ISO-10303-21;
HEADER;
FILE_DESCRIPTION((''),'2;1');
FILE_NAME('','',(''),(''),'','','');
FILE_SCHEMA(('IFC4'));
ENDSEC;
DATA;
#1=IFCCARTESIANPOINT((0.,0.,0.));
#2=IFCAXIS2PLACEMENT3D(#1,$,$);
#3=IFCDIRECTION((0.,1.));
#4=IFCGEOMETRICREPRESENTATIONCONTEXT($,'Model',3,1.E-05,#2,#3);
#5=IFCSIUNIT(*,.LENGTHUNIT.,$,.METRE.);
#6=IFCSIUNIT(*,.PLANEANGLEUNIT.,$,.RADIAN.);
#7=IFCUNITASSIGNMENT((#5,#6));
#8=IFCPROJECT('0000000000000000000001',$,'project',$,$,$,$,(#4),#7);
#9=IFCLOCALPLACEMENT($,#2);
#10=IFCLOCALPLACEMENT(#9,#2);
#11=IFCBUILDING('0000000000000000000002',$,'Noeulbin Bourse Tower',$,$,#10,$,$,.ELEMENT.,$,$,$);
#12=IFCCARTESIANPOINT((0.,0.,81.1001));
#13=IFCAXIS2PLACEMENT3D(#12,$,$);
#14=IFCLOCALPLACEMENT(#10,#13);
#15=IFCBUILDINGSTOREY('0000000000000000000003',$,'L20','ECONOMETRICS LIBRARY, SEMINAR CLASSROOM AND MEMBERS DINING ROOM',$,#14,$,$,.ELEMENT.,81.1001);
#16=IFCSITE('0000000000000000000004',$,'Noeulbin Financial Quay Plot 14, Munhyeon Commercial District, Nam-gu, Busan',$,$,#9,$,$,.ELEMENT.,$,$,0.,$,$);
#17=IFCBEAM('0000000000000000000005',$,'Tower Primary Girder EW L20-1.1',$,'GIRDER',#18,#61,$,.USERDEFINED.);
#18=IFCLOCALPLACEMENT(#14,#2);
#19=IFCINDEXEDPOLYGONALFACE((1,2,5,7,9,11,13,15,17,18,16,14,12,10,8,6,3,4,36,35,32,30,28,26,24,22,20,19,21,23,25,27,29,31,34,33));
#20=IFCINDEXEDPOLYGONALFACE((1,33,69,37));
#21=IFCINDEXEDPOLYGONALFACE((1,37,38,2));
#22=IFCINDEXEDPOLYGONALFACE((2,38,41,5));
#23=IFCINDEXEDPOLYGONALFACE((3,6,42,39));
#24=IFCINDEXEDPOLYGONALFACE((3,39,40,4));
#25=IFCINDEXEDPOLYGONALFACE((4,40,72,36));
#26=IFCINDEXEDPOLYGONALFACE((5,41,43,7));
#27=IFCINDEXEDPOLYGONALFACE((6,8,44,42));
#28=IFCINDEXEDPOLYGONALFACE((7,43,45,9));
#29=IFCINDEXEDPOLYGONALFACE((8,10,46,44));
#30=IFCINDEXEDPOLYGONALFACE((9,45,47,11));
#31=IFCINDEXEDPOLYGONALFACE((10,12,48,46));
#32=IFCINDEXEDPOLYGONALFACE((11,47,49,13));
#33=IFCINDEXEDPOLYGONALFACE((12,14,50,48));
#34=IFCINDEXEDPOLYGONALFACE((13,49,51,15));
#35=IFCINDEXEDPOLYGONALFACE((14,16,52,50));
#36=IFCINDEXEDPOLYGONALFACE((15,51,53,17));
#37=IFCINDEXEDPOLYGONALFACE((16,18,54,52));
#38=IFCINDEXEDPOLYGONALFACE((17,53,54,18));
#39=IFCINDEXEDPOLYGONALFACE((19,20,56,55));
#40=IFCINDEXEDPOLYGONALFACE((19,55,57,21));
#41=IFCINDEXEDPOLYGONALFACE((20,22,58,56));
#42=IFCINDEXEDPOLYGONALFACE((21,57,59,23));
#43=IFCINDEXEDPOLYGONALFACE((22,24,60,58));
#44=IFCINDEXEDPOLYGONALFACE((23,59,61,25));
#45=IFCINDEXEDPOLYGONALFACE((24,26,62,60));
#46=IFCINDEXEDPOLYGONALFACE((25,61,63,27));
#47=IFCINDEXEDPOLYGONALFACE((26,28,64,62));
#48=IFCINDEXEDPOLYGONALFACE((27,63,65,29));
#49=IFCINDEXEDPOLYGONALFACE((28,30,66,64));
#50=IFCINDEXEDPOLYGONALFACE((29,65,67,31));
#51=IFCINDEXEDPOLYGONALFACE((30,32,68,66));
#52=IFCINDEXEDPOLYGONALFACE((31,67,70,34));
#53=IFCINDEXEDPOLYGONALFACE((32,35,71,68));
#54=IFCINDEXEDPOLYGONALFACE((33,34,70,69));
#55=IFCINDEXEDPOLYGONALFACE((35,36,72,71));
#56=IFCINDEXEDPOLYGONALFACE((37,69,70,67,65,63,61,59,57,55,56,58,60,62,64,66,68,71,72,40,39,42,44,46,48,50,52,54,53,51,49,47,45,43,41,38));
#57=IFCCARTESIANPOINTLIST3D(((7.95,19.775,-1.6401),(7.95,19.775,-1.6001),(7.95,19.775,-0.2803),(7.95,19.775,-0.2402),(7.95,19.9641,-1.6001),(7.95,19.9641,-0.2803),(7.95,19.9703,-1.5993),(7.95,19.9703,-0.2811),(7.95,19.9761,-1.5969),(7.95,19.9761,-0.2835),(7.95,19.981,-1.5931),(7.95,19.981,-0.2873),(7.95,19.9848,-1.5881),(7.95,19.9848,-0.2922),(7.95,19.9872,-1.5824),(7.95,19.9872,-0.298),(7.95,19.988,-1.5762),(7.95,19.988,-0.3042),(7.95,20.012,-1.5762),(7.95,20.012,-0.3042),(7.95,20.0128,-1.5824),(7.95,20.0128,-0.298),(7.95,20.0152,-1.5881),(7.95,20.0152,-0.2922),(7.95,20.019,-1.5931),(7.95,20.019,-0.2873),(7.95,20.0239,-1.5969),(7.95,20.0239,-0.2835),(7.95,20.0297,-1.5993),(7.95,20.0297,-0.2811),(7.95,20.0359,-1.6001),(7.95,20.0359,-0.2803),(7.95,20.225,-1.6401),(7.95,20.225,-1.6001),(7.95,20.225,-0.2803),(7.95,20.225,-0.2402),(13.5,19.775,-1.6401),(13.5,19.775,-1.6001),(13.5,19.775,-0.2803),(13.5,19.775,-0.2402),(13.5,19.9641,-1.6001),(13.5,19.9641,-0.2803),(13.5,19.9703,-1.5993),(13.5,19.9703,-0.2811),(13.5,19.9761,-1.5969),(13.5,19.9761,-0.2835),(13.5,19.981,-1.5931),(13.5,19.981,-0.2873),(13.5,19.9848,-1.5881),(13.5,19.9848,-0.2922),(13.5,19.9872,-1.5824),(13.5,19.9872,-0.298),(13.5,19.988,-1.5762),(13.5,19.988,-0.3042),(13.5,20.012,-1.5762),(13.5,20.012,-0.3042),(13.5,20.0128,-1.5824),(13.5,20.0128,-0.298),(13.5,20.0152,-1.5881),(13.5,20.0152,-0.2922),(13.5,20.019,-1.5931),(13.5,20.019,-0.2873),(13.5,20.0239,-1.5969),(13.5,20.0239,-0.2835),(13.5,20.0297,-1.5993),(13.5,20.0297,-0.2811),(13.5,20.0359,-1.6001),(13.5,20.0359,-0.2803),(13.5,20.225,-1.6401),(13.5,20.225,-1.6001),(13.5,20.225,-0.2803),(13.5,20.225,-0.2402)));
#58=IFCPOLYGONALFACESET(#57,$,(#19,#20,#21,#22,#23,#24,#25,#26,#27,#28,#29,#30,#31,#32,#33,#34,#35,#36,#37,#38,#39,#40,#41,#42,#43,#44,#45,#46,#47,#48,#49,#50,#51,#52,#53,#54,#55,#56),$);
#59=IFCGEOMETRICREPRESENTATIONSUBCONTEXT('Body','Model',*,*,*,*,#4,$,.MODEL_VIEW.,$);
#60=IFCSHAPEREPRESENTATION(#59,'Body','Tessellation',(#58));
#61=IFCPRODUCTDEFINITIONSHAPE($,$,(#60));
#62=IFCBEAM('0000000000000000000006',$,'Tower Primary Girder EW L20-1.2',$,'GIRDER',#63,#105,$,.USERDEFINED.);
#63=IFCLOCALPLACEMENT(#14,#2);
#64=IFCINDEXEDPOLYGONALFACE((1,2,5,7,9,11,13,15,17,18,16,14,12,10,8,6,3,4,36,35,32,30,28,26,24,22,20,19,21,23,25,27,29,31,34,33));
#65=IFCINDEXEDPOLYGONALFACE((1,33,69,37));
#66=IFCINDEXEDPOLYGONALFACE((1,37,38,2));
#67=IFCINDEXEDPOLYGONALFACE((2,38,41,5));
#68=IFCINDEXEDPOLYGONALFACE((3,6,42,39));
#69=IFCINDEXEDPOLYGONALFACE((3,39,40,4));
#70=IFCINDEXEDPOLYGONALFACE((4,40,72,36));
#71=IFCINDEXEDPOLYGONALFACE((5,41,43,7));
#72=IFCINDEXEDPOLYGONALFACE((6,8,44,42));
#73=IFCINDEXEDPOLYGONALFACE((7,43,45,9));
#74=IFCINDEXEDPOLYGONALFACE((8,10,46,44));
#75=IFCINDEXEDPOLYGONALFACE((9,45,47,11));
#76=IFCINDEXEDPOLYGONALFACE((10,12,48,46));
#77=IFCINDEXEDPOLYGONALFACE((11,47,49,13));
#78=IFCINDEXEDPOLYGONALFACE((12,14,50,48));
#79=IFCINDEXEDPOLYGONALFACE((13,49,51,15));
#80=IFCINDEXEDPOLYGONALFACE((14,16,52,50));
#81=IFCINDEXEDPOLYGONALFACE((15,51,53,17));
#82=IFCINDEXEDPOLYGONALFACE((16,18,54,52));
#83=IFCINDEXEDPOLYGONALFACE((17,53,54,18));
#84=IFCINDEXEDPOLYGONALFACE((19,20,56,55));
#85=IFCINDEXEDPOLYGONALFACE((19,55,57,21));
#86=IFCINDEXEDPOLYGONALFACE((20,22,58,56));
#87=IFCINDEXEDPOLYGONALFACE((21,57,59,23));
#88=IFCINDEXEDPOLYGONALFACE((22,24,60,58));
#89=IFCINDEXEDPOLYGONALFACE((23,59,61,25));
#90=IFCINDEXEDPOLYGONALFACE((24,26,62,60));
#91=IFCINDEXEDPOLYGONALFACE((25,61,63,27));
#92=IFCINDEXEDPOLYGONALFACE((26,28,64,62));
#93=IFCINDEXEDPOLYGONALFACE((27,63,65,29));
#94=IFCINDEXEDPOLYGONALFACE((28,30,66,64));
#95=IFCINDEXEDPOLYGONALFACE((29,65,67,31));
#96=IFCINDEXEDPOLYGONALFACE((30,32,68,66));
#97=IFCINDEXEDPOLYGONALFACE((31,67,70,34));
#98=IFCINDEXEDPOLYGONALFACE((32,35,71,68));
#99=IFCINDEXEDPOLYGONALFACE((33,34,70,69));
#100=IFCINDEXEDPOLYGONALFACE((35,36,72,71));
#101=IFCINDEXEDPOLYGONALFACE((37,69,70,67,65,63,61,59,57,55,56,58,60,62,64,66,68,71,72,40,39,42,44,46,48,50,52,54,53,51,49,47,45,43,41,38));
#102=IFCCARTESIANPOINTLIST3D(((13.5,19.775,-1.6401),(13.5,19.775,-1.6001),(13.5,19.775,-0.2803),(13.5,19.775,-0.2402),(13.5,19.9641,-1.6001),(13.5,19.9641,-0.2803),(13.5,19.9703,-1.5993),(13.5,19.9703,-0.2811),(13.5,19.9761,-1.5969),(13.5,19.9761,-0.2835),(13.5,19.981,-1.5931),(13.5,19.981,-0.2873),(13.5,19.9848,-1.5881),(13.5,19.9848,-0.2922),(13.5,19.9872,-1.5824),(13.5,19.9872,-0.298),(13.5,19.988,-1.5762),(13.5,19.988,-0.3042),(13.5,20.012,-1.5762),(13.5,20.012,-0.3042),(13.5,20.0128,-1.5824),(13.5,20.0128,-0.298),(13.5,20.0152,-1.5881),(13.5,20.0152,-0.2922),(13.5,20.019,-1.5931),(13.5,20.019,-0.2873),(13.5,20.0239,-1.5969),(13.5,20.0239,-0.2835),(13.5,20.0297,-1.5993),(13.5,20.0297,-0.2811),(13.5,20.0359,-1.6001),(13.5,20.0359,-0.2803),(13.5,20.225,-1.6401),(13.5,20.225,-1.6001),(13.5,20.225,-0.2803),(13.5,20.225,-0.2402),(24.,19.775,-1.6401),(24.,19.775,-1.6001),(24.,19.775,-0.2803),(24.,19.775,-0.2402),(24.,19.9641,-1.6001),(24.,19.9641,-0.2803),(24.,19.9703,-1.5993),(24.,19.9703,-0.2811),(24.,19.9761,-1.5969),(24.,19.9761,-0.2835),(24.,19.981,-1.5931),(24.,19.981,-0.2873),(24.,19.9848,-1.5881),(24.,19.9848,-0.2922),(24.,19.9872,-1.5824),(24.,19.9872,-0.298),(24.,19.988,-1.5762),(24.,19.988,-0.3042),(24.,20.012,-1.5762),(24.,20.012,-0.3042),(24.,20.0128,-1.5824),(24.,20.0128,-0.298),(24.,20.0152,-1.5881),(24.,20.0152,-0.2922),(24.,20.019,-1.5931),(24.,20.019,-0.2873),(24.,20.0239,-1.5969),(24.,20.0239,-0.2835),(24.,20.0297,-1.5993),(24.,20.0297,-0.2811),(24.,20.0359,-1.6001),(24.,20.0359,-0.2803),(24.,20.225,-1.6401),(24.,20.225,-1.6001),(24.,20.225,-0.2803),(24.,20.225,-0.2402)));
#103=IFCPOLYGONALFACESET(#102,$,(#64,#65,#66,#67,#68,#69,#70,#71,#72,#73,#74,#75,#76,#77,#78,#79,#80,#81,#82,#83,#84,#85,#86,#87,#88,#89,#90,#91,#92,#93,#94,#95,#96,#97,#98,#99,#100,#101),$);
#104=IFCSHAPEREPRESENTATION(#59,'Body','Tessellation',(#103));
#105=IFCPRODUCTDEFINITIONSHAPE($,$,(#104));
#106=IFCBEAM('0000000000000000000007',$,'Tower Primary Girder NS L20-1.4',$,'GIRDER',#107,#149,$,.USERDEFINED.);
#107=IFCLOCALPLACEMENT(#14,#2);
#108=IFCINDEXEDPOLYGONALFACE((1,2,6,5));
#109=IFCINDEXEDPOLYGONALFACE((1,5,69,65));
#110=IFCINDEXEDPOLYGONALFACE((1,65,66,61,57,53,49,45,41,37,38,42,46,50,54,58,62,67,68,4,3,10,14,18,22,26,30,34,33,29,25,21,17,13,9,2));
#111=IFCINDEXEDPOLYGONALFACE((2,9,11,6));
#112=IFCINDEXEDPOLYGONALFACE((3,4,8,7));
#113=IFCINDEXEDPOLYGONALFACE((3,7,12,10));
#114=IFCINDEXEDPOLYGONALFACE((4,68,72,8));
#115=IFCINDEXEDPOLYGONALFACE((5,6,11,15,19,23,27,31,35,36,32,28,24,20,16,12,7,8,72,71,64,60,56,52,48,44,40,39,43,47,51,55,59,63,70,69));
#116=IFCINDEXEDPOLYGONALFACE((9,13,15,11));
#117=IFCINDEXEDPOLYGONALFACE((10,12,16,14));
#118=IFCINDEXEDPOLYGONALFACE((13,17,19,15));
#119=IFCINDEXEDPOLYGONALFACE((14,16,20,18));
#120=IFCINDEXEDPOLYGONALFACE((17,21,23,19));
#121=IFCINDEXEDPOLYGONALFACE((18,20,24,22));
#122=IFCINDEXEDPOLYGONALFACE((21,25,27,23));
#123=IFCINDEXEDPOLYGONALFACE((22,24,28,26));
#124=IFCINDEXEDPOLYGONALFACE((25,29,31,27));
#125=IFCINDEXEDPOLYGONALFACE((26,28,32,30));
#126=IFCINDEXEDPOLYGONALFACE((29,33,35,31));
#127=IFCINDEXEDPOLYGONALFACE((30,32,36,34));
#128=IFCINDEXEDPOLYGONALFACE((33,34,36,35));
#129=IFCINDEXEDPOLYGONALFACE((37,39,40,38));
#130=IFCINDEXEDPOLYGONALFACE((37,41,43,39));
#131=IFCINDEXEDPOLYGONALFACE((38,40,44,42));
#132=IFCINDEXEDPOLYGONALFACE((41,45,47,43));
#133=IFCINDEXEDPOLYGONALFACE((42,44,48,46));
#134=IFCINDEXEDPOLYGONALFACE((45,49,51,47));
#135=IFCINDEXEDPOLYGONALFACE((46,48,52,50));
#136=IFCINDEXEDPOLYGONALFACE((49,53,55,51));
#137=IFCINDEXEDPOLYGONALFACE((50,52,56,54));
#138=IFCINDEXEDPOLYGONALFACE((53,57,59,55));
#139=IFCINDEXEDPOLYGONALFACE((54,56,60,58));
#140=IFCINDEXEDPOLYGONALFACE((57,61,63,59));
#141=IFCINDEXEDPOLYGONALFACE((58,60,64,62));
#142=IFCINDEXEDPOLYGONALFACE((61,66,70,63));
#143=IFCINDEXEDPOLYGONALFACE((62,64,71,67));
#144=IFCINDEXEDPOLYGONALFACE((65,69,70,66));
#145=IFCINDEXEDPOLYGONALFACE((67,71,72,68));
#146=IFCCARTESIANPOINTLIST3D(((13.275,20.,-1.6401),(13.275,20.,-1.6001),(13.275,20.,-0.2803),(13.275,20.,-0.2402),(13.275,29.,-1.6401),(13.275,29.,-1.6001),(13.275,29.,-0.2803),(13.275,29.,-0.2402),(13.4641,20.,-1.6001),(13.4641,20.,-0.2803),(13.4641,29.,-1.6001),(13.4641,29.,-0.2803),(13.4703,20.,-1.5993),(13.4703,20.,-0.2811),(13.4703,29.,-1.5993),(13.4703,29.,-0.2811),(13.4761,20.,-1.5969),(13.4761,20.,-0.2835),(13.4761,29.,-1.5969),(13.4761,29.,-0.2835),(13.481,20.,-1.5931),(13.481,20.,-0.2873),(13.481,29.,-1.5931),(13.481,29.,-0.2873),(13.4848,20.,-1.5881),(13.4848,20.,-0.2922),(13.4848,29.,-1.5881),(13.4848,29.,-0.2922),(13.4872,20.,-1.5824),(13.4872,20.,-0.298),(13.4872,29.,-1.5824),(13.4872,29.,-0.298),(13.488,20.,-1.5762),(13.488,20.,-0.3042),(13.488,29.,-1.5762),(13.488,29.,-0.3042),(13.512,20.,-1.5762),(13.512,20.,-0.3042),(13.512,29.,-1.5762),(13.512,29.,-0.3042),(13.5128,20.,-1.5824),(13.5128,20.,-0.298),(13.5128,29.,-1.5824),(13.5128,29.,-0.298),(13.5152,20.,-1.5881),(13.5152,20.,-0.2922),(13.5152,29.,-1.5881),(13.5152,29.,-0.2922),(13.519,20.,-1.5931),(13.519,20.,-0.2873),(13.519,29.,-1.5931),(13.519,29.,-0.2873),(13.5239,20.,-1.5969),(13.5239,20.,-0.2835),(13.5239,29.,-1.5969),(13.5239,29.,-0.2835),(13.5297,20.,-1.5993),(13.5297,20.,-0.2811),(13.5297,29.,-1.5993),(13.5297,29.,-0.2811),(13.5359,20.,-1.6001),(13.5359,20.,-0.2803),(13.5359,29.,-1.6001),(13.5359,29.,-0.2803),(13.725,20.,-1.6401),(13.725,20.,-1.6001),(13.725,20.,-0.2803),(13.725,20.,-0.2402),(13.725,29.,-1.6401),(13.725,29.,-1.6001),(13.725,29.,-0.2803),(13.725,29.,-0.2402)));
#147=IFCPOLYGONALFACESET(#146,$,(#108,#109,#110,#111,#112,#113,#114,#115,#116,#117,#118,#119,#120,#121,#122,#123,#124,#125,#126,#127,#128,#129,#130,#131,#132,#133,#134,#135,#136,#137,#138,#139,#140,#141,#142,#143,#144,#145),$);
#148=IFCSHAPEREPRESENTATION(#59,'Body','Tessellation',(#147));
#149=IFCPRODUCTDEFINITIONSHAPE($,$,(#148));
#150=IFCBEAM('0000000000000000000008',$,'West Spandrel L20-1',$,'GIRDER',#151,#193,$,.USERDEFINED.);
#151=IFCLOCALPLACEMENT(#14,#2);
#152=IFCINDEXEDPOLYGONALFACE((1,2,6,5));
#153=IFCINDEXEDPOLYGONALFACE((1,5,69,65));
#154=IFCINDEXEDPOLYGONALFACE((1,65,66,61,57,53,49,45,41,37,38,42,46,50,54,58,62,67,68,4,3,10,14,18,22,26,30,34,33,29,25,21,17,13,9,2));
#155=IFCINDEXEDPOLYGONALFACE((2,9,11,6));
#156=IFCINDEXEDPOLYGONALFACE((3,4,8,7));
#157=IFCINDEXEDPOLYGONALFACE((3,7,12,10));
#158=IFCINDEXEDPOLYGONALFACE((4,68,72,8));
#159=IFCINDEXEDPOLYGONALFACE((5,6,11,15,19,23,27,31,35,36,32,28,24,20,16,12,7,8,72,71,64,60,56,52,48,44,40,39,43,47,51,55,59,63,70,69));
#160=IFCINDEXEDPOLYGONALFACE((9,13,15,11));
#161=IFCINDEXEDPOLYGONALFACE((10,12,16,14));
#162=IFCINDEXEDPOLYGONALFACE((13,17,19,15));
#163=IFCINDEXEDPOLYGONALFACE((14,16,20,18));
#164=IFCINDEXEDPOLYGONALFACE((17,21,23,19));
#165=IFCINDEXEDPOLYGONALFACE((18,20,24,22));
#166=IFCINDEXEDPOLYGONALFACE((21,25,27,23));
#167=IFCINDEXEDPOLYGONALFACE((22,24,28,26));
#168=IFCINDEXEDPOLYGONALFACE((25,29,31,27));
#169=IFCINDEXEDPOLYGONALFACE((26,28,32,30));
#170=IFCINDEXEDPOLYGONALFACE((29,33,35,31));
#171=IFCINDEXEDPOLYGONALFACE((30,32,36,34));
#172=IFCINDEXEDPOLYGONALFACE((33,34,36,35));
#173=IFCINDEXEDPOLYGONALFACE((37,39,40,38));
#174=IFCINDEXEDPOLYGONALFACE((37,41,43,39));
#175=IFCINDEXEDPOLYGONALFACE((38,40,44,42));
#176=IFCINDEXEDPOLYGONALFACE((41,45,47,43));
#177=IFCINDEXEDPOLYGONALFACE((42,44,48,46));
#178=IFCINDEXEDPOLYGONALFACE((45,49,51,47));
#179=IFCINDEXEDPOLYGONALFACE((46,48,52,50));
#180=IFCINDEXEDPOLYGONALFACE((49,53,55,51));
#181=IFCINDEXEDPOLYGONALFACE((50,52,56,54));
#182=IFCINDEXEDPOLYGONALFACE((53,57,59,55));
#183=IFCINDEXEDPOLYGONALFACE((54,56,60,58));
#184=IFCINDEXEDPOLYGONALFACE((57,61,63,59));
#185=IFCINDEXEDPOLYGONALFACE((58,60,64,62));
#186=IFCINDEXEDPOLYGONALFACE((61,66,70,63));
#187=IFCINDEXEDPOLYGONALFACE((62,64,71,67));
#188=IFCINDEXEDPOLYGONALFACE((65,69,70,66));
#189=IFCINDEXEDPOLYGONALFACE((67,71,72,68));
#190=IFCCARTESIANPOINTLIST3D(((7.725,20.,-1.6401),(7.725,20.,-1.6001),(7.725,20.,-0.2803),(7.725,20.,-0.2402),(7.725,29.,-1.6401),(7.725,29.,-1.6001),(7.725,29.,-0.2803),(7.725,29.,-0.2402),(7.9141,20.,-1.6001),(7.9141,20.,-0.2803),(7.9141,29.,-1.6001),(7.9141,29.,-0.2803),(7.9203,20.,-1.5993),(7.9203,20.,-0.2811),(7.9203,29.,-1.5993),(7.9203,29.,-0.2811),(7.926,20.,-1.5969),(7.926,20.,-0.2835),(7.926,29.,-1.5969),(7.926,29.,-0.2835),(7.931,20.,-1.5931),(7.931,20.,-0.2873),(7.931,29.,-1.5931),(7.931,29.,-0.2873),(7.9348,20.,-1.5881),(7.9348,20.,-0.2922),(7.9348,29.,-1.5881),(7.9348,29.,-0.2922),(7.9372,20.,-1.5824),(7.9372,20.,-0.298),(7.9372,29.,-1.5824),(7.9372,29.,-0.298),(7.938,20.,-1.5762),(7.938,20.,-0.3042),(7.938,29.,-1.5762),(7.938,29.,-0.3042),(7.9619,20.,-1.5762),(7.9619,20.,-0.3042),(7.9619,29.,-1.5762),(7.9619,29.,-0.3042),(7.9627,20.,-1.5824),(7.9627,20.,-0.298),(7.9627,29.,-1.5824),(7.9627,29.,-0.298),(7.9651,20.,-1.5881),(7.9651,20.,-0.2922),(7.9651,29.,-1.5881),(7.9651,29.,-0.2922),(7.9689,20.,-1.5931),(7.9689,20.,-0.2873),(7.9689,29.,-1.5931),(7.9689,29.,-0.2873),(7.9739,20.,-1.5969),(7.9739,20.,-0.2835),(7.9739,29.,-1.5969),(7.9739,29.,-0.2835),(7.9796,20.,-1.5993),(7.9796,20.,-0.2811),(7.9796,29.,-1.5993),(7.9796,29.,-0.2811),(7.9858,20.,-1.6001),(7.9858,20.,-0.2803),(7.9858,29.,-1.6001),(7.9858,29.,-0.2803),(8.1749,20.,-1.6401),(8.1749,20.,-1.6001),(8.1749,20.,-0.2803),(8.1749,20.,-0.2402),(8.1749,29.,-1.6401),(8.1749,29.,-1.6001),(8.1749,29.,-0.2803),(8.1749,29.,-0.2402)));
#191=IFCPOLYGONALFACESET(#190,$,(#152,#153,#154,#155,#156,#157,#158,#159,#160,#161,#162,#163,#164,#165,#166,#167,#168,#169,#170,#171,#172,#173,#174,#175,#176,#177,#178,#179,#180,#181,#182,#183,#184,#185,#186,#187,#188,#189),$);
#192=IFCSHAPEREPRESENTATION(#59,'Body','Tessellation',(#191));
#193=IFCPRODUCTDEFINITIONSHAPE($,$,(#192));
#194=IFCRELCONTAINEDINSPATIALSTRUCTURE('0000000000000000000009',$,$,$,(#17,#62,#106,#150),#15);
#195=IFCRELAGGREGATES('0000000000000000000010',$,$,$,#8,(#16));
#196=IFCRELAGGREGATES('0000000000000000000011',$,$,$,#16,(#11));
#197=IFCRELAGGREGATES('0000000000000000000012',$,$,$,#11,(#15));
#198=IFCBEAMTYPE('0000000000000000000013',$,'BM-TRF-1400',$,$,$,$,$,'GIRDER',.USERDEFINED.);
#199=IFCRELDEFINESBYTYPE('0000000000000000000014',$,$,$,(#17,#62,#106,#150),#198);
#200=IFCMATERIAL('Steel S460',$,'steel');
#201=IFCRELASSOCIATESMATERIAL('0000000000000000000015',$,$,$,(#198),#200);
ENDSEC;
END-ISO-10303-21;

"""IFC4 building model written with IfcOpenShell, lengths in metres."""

from ifc_helpers import new_model, si_unit, direction, frame, origin, origin_2d, place, context, subcontext, project, spatial, i_section, extrude, material, material_profile, profile_set, type_object, element, save


model = new_model("IFC4")

# Units and contexts
model_context = context("Model", 3, precision=1e-05, world=origin(), true_north=direction((0.0, 1.0)))
body_context = subcontext(model_context, "Body", "Model", "MODEL_VIEW")
ifc_project = project(units=[si_unit("LENGTHUNIT", "METRE"), si_unit("PLANEANGLEUNIT", "RADIAN")], contexts=[model_context])

# Site, building, storey
site_placement = place(None, origin())
site = spatial("IfcSite", under=ifc_project, at=site_placement, Name="Noeulbin Financial Quay Plot 14, Munhyeon Commercial District, Nam-gu, Busan", CompositionType="ELEMENT", RefElevation=0.0)
building_placement = place(site_placement, origin())
building = spatial("IfcBuilding", under=site, at=building_placement, Name="Noeulbin Bourse Tower", CompositionType="ELEMENT")
storey_placement = place(building_placement, frame((0.0, 0.0, 81.1001)))
storey = spatial("IfcBuildingStorey", under=building, at=storey_placement, Name="L20", Description="ECONOMETRICS LIBRARY, SEMINAR CLASSROOM AND MEMBERS DINING ROOM", CompositionType="ELEMENT", Elevation=81.1001)

# Shared definitions
ifc_material_1 = material(Name="Steel S460", Category="steel")

# Beams
ifc_material_profile_1 = material_profile(ifc_material_1, i_section(OverallWidth=0.45, OverallDepth=1.3999, WebThickness=0.0239, FlangeThickness=0.04, FilletRadius=0.0239, at=origin_2d()), Name="PG-1400x450x24x40", Category="LoadBearing")
ifc_profile_set_1 = profile_set([ifc_material_profile_1], Name="Steel S460")
beam_type_1 = type_object("IfcBeamType", Name="BM-TRF-1400", ElementType="GIRDER", PredefinedType="USERDEFINED", material=ifc_profile_set_1)
beam_1_placement = place(storey_placement, frame((7.95, 20.0, -0.9402), z_axis=(1.0, 0.0, 0.0), x_axis=(0.0, 1.0, 0.0)))
element("IfcBeam", 1, at=beam_1_placement, inside=storey, type_object=beam_type_1, Name="Tower Primary Girder EW L20-1.1", ObjectType="GIRDER", PredefinedType="USERDEFINED", context=body_context, shape_type="SweptSolid", body=[
    extrude(i_section(OverallWidth=0.45, OverallDepth=1.3999, WebThickness=0.0239, FlangeThickness=0.04, FilletRadius=0.0239, at=origin_2d()), origin(), (0.0, 0.0, 1.0), 5.55),
])
beam_2_placement = place(storey_placement, frame((13.5, 20.0, -0.9402), z_axis=(1.0, 0.0, 0.0), x_axis=(0.0, 1.0, 0.0)))
element("IfcBeam", 2, at=beam_2_placement, inside=storey, type_object=beam_type_1, Name="Tower Primary Girder EW L20-1.2", ObjectType="GIRDER", PredefinedType="USERDEFINED", context=body_context, shape_type="SweptSolid", body=[
    extrude(i_section(OverallWidth=0.45, OverallDepth=1.3999, WebThickness=0.0239, FlangeThickness=0.04, FilletRadius=0.0239, at=origin_2d()), origin(), (0.0, 0.0, 1.0), 10.5),
])
for number, where, z_axis, x_axis, name in (
    (3, (13.5, 20.0, -0.9402), (0.0, 1.0, 0.0), (-1.0, 0.0, 0.0), "Tower Primary Girder NS L20-1.4"),
    (4, (7.95, 20.0, -0.9402), (0.0, 1.0, 0.0), (-1.0, 0.0, 0.0), "West Spandrel L20-1"),
):
    element("IfcBeam", number, at=place(storey_placement, frame(where, z_axis=z_axis, x_axis=x_axis)), inside=storey, type_object=beam_type_1, Name=name, ObjectType="GIRDER", PredefinedType="USERDEFINED", context=body_context, shape_type="SweptSolid", body=[
        extrude(i_section(OverallWidth=0.45, OverallDepth=1.3999, WebThickness=0.0239, FlangeThickness=0.04, FilletRadius=0.0239, at=origin_2d()), origin(), (0.0, 0.0, 1.0), 9.0),
    ])

save(model, "model.ifc")
